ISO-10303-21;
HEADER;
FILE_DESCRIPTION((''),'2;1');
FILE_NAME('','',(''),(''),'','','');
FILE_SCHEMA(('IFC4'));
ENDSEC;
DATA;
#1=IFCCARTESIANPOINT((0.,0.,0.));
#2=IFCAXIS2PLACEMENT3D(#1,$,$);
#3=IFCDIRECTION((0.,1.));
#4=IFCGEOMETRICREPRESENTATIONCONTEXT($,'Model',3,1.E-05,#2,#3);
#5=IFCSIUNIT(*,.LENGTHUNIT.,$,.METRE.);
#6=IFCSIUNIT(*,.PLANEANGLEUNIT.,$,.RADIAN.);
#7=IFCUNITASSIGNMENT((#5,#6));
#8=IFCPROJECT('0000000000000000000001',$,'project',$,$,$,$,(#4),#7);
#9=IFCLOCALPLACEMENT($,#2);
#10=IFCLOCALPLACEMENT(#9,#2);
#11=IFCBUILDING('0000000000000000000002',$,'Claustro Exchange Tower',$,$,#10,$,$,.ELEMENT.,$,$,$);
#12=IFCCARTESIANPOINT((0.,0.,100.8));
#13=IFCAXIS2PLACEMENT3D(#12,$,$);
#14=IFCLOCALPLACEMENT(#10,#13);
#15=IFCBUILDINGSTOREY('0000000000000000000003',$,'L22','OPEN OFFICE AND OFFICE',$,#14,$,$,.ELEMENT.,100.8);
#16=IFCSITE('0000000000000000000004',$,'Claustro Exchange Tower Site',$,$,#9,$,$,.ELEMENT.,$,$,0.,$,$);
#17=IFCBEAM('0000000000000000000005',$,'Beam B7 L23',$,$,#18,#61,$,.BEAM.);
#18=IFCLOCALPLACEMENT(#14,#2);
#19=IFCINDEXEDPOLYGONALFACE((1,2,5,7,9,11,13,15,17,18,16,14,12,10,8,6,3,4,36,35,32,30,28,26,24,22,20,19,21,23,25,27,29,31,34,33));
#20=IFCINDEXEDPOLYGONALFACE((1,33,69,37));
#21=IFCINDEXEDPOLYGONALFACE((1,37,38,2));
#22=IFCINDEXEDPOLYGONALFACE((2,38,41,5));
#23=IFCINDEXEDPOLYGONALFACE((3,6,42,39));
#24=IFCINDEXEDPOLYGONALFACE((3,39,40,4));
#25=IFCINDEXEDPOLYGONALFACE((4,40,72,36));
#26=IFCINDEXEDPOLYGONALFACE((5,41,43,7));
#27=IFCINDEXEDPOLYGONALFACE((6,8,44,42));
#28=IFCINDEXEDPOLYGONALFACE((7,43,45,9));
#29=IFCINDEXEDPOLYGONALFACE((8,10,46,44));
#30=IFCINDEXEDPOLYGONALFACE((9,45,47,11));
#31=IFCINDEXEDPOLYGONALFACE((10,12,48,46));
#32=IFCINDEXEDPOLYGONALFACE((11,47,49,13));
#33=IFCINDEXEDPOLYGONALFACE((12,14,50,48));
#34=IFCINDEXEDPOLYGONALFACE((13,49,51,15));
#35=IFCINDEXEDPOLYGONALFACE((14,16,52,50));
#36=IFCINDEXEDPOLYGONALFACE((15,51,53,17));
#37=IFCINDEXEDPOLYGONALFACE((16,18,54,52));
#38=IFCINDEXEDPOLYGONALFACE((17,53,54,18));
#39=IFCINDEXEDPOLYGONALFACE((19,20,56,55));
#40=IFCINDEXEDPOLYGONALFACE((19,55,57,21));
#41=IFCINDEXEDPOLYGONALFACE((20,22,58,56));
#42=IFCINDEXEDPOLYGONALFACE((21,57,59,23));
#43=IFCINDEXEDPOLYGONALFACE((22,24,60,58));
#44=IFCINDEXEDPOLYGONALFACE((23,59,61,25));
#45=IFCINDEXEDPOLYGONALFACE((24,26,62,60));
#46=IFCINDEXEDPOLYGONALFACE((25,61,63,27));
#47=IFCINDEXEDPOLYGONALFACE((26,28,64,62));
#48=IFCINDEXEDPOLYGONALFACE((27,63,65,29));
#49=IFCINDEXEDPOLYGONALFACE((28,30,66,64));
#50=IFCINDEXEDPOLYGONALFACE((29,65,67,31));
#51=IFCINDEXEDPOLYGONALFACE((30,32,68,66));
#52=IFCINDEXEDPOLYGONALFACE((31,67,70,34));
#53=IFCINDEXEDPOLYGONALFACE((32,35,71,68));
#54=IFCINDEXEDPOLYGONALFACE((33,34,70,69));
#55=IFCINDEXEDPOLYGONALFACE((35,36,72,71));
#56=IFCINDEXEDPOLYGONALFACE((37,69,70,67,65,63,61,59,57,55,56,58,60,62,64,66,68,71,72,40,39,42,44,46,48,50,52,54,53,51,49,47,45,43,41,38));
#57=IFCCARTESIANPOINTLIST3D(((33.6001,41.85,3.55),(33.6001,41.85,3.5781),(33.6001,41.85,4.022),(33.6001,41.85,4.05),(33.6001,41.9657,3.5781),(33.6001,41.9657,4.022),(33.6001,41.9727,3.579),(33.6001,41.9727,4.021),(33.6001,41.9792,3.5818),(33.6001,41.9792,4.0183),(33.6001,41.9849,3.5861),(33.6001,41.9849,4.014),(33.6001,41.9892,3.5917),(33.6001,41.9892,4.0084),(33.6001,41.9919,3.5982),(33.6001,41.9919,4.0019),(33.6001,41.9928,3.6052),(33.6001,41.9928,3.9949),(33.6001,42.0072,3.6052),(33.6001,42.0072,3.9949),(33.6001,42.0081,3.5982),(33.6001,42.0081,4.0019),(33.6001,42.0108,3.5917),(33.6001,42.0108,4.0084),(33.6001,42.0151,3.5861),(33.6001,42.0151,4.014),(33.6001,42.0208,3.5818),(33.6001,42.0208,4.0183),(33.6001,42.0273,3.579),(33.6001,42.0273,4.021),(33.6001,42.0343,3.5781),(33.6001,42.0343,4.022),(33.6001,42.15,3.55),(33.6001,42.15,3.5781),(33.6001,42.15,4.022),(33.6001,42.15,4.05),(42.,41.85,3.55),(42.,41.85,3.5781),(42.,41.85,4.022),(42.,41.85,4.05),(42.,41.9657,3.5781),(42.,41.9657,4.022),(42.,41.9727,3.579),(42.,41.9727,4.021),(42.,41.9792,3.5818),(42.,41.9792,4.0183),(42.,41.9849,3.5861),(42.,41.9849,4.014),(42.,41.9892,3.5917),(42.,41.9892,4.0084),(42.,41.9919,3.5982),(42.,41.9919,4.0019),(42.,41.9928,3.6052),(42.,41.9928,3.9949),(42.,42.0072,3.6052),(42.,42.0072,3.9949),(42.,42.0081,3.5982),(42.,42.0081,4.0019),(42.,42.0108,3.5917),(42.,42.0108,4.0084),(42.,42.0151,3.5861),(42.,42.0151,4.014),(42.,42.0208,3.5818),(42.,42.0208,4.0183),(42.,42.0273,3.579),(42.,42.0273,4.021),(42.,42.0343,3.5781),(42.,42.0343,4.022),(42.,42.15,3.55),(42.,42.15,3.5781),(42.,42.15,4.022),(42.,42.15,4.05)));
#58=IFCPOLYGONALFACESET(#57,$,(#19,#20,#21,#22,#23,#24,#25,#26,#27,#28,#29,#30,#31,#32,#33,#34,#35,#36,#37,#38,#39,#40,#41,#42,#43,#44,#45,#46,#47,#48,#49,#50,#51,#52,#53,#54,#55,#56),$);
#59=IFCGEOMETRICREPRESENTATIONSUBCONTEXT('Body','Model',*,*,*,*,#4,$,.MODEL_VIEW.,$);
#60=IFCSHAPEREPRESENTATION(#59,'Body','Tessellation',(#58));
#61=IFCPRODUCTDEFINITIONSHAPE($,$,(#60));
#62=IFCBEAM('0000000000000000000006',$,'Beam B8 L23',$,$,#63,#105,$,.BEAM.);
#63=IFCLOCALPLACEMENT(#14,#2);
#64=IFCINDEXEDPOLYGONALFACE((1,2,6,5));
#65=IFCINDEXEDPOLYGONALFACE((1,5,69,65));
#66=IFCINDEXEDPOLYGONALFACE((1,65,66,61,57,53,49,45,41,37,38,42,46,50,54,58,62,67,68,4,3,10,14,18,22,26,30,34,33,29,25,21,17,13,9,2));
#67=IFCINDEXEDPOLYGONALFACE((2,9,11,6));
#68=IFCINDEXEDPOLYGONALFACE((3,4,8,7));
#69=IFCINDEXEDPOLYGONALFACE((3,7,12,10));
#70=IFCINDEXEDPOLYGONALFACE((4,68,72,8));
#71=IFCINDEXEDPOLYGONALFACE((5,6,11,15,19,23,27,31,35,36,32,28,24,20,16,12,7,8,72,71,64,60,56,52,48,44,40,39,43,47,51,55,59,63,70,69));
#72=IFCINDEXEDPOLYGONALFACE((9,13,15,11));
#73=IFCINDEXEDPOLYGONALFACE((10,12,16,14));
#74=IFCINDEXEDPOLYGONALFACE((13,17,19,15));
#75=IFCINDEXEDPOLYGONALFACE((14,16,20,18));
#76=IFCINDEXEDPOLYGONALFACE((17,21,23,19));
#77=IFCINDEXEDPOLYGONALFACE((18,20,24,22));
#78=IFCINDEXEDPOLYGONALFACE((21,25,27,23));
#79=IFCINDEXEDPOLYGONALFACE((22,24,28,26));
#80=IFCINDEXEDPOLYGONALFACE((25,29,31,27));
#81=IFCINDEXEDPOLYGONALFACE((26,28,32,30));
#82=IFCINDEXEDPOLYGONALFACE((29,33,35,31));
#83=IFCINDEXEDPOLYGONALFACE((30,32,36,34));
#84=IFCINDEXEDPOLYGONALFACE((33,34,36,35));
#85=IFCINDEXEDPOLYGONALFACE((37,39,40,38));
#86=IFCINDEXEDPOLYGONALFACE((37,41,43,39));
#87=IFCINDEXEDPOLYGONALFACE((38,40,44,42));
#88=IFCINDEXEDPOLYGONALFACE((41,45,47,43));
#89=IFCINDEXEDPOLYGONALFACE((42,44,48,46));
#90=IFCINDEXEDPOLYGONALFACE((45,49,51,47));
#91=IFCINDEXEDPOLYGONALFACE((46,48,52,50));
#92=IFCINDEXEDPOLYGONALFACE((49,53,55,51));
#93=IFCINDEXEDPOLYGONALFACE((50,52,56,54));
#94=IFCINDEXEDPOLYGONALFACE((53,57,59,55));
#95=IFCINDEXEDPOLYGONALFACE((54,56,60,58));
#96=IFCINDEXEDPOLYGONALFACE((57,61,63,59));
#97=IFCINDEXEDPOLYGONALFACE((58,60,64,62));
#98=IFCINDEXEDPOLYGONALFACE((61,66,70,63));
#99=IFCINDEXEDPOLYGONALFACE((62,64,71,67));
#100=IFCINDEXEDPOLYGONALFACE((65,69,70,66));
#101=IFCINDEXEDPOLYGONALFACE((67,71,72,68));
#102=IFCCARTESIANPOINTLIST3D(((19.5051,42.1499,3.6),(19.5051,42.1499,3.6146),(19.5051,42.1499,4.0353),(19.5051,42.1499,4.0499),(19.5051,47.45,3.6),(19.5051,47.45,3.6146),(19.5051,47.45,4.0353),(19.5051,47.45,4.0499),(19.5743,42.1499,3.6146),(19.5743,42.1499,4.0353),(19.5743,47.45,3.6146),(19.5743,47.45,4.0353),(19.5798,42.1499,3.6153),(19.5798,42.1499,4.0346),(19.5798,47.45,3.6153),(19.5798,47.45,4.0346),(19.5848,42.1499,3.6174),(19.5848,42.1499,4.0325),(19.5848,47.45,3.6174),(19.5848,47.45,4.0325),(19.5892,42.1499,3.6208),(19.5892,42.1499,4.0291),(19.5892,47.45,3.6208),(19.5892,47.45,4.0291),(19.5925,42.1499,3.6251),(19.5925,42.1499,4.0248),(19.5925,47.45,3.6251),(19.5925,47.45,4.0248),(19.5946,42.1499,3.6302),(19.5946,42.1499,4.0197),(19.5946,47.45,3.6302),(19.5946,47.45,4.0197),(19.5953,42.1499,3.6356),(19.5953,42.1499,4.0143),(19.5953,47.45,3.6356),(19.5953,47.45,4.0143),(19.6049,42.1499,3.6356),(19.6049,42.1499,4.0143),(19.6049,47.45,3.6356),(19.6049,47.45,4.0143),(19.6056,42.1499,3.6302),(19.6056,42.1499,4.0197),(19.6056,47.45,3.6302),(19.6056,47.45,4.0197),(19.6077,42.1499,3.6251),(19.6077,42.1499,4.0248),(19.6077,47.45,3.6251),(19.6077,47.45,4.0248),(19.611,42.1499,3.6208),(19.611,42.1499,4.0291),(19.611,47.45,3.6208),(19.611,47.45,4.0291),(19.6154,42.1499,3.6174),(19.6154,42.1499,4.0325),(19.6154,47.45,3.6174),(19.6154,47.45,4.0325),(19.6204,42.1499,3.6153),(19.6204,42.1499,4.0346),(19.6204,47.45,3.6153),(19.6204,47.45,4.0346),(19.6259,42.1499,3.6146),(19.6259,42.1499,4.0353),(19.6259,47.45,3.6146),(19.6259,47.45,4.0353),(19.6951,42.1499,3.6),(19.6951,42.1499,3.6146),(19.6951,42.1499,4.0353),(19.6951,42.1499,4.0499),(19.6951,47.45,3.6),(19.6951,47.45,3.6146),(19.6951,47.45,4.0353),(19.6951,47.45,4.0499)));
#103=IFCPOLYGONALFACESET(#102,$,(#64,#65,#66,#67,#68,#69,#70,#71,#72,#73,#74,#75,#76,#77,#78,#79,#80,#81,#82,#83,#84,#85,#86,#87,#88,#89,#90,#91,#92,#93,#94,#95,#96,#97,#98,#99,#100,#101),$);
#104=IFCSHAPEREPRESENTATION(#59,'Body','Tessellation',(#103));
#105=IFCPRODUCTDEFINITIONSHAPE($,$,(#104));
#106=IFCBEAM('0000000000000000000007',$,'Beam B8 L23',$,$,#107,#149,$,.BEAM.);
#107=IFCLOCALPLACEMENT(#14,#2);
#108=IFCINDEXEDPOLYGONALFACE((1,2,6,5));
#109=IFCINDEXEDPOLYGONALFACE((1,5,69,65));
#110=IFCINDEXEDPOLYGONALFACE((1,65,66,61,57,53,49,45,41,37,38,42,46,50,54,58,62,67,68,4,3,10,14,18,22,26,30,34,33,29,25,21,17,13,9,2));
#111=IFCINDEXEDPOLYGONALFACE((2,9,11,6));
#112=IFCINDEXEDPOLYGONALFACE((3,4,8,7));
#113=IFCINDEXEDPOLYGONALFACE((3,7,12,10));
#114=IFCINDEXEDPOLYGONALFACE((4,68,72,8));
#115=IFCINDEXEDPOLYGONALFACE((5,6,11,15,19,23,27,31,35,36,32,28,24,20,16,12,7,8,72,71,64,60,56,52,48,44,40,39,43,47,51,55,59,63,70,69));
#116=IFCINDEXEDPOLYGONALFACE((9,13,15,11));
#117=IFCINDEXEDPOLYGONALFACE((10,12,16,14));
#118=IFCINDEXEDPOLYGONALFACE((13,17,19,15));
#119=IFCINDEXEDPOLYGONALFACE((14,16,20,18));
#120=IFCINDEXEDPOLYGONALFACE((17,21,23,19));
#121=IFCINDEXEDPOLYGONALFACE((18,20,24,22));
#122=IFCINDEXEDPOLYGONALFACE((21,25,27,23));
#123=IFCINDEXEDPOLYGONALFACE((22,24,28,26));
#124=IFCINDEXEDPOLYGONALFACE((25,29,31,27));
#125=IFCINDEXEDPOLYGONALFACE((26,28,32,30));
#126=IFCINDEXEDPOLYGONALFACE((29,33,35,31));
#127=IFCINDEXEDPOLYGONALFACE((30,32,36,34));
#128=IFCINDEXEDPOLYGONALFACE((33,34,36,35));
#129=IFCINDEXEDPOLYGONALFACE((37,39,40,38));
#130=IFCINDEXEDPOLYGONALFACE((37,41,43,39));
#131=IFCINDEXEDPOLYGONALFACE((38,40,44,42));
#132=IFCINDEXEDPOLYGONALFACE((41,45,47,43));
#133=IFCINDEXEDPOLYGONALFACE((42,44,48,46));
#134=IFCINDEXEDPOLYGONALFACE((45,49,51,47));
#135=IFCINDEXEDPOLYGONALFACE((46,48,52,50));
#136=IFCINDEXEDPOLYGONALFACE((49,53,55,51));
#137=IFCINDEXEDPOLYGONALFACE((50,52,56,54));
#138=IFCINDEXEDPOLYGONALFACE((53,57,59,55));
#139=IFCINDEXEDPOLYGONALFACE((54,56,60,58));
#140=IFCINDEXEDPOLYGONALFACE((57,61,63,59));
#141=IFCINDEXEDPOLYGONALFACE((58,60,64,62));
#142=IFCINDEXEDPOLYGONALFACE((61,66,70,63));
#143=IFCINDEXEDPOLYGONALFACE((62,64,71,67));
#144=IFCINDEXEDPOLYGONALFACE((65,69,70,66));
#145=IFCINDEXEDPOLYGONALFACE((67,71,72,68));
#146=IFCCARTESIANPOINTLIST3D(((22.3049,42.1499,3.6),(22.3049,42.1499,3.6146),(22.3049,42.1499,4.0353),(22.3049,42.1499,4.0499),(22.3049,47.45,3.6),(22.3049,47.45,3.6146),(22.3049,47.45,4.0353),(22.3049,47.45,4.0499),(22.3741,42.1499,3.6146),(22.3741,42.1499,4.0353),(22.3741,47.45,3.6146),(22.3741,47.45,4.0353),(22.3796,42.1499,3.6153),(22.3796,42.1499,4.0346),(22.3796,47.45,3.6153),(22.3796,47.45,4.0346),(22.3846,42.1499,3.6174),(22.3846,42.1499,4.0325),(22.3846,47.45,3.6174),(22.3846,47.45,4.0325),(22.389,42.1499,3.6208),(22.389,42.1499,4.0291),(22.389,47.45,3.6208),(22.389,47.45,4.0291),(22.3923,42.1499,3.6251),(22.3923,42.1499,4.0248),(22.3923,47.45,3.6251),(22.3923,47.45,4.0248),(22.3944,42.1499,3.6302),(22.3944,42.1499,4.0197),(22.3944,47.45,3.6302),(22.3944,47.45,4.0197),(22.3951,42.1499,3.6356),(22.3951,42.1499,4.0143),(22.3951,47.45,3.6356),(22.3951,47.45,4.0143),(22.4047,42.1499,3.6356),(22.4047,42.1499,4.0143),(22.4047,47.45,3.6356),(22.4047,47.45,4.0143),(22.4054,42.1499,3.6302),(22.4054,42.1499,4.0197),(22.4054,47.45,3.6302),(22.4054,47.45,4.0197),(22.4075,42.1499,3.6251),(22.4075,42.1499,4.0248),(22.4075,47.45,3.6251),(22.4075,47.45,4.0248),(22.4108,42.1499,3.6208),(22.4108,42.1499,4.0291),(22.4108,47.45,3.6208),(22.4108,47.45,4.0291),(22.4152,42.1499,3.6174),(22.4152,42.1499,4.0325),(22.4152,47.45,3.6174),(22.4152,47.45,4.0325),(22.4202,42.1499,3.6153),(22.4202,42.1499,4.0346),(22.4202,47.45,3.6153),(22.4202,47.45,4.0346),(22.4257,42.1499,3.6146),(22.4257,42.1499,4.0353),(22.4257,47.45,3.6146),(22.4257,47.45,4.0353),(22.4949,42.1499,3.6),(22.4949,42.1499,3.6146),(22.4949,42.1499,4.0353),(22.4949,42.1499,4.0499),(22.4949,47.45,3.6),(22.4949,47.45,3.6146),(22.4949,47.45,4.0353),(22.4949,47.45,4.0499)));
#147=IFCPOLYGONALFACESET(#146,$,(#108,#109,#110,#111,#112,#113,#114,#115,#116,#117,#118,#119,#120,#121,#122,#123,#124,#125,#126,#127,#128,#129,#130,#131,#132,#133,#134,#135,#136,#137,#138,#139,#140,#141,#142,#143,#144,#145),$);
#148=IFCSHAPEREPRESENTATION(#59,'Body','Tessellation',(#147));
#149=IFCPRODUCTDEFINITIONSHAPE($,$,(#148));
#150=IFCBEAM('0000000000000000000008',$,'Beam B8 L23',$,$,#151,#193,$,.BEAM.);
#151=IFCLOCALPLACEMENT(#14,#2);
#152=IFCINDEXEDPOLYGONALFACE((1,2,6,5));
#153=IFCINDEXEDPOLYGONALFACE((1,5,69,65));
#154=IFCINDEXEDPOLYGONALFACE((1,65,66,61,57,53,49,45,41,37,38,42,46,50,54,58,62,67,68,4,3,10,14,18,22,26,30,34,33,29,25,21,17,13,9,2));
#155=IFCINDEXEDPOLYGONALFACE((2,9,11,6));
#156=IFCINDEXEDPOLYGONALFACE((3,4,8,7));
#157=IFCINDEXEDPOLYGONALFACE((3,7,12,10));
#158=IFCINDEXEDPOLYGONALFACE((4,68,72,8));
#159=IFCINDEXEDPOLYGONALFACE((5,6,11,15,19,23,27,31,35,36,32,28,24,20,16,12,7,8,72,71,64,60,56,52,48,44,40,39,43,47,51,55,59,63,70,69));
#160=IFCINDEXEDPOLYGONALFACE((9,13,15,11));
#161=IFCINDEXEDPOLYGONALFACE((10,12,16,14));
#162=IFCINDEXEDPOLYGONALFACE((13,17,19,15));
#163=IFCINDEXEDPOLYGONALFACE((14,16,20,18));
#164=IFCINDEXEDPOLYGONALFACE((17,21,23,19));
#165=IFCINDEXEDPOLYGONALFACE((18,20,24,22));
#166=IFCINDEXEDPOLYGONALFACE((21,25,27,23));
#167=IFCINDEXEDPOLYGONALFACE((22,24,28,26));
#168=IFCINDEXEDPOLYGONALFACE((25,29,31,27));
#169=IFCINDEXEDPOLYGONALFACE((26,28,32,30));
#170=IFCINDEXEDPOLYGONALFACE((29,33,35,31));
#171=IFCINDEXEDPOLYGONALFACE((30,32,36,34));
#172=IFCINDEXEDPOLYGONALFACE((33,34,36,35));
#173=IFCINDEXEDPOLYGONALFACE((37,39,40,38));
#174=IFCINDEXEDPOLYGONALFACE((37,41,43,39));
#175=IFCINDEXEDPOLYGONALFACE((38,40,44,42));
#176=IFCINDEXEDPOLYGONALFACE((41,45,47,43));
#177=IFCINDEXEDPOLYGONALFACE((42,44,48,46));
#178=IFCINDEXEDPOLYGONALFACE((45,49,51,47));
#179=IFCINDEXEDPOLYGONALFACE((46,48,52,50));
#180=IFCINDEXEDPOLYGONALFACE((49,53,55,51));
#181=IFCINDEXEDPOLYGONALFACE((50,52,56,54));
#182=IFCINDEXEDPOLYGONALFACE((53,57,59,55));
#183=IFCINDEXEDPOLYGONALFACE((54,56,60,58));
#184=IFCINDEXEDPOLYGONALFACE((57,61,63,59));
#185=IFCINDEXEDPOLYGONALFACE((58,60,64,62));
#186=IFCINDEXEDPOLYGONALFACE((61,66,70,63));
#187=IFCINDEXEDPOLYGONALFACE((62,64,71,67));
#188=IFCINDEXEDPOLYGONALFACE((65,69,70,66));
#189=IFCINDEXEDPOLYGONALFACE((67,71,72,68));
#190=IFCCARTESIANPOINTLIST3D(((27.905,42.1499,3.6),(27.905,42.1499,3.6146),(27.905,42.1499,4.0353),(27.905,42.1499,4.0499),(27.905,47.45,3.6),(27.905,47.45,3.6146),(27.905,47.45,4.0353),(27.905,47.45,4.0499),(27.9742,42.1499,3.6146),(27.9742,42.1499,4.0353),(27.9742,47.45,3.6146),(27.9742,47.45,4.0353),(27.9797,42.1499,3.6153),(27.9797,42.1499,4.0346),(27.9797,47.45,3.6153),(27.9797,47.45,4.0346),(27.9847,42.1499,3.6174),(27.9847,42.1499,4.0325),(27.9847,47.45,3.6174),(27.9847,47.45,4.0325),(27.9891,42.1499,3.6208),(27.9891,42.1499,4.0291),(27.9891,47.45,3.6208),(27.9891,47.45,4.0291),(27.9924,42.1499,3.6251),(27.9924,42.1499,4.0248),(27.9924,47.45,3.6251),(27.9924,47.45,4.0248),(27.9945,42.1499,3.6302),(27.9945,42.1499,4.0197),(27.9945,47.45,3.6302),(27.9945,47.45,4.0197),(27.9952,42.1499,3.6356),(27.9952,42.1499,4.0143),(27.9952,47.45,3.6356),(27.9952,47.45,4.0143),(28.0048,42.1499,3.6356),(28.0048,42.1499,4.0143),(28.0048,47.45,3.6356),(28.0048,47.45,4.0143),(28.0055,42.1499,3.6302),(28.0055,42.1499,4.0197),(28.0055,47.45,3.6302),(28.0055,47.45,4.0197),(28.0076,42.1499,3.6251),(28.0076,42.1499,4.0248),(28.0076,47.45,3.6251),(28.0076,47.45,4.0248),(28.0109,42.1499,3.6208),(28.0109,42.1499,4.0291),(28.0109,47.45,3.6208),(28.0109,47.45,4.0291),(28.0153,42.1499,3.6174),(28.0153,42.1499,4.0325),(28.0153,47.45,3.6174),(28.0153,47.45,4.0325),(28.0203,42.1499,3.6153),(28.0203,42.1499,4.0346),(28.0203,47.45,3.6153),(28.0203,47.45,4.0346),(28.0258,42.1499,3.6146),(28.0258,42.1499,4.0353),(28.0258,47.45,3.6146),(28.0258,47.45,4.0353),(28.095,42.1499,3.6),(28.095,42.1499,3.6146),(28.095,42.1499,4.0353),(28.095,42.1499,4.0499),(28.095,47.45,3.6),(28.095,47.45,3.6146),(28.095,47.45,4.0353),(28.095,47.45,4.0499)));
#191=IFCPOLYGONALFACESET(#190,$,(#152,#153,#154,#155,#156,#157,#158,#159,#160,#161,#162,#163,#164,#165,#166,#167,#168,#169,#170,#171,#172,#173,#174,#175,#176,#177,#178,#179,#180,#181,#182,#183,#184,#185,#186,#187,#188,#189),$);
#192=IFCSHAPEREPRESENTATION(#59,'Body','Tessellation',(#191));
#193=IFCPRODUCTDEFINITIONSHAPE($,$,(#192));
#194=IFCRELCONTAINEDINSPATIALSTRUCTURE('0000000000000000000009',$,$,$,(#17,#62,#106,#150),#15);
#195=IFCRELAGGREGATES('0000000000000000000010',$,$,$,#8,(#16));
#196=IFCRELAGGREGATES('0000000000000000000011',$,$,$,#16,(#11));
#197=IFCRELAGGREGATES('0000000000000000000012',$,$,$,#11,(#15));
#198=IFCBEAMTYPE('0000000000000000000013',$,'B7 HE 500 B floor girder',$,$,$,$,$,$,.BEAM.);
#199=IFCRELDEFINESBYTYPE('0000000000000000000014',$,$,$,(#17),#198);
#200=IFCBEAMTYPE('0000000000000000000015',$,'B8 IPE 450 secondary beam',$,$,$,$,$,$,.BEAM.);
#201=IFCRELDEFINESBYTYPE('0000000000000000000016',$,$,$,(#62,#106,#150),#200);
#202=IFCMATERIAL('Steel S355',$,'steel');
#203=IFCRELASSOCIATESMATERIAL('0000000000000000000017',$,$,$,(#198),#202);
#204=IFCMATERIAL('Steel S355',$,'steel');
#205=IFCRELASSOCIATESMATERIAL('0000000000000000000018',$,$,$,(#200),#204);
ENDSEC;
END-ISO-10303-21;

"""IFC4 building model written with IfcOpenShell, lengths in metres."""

from ifc_helpers import new_model, si_unit, direction, frame, origin, origin_2d, place, context, subcontext, project, spatial, i_section, extrude, material, material_profile, profile_set, type_object, element, save


model = new_model("IFC4")

# Units and contexts
model_context = context("Model", 3, precision=1e-05, world=origin(), true_north=direction((0.0, 1.0)))
body_context = subcontext(model_context, "Body", "Model", "MODEL_VIEW")
ifc_project = project(units=[si_unit("LENGTHUNIT", "METRE"), si_unit("PLANEANGLEUNIT", "RADIAN")], contexts=[model_context])

# Site, building, storey
site_placement = place(None, origin())
site = spatial("IfcSite", under=ifc_project, at=site_placement, Name="Claustro Exchange Tower Site", CompositionType="ELEMENT", RefElevation=0.0)
building_placement = place(site_placement, origin())
building = spatial("IfcBuilding", under=site, at=building_placement, Name="Claustro Exchange Tower", CompositionType="ELEMENT")
storey_placement = place(building_placement, frame((0.0, 0.0, 100.8)))
storey = spatial("IfcBuildingStorey", under=building, at=storey_placement, Name="L22", Description="OPEN OFFICE AND OFFICE", CompositionType="ELEMENT", Elevation=100.8)

# Beams
ifc_material_1 = material(Name="Steel S355", Category="steel")
ifc_material_profile_1 = material_profile(ifc_material_1, i_section(OverallWidth=0.3, OverallDepth=0.5, WebThickness=0.0144, FlangeThickness=0.0281, FilletRadius=0.0271, at=origin_2d()), Name="HE 500 B")
ifc_profile_set_1 = profile_set([ifc_material_profile_1], Name="Steel S355")
beam_type_1 = type_object("IfcBeamType", Name="B7 HE 500 B floor girder", PredefinedType="BEAM", material=ifc_profile_set_1)
beam_1_placement = place(storey_placement, frame((33.6001, 42.0, 3.8), z_axis=(1.0, 0.0, 0.0), x_axis=(0.0, 1.0, 0.0)))
element("IfcBeam", 1, at=beam_1_placement, inside=storey, type_object=beam_type_1, Name="Beam B7 L23", PredefinedType="BEAM", context=body_context, shape_type="SweptSolid", body=[
    extrude(i_section(OverallWidth=0.3, OverallDepth=0.5, WebThickness=0.0144, FlangeThickness=0.0281, FilletRadius=0.0271, at=origin_2d()), origin(), (0.0, 0.0, 1.0), 8.3999),
])
ifc_material_2 = material(Name="Steel S355", Category="steel")
ifc_material_profile_2 = material_profile(ifc_material_2, i_section(OverallWidth=0.1899, OverallDepth=0.45, WebThickness=0.0095, FlangeThickness=0.0146, FilletRadius=0.021, at=origin_2d()), Name="IPE 450")
ifc_profile_set_2 = profile_set([ifc_material_profile_2], Name="Steel S355")
beam_type_2 = type_object("IfcBeamType", Name="B8 IPE 450 secondary beam", PredefinedType="BEAM", material=ifc_profile_set_2)
for number, where, z_axis, x_axis, name in (
    (2, (19.6001, 42.1499, 3.825), (0.0, 1.0, 0.0), (-1.0, 0.0, 0.0), "Beam B8 L23"),
    (3, (22.3999, 42.1499, 3.825), (0.0, 1.0, 0.0), (-1.0, 0.0, 0.0), "Beam B8 L23"),
    (4, (28.0, 42.1499, 3.825), (0.0, 1.0, 0.0), (-1.0, 0.0, 0.0), "Beam B8 L23"),
):
    element("IfcBeam", number, at=place(storey_placement, frame(where, z_axis=z_axis, x_axis=x_axis)), inside=storey, type_object=beam_type_2, Name=name, PredefinedType="BEAM", context=body_context, shape_type="SweptSolid", body=[
        extrude(i_section(OverallWidth=0.1899, OverallDepth=0.45, WebThickness=0.0095, FlangeThickness=0.0146, FilletRadius=0.021, at=origin_2d()), origin(), (0.0, 0.0, 1.0), 5.3),
    ])

save(model, "model.ifc")
